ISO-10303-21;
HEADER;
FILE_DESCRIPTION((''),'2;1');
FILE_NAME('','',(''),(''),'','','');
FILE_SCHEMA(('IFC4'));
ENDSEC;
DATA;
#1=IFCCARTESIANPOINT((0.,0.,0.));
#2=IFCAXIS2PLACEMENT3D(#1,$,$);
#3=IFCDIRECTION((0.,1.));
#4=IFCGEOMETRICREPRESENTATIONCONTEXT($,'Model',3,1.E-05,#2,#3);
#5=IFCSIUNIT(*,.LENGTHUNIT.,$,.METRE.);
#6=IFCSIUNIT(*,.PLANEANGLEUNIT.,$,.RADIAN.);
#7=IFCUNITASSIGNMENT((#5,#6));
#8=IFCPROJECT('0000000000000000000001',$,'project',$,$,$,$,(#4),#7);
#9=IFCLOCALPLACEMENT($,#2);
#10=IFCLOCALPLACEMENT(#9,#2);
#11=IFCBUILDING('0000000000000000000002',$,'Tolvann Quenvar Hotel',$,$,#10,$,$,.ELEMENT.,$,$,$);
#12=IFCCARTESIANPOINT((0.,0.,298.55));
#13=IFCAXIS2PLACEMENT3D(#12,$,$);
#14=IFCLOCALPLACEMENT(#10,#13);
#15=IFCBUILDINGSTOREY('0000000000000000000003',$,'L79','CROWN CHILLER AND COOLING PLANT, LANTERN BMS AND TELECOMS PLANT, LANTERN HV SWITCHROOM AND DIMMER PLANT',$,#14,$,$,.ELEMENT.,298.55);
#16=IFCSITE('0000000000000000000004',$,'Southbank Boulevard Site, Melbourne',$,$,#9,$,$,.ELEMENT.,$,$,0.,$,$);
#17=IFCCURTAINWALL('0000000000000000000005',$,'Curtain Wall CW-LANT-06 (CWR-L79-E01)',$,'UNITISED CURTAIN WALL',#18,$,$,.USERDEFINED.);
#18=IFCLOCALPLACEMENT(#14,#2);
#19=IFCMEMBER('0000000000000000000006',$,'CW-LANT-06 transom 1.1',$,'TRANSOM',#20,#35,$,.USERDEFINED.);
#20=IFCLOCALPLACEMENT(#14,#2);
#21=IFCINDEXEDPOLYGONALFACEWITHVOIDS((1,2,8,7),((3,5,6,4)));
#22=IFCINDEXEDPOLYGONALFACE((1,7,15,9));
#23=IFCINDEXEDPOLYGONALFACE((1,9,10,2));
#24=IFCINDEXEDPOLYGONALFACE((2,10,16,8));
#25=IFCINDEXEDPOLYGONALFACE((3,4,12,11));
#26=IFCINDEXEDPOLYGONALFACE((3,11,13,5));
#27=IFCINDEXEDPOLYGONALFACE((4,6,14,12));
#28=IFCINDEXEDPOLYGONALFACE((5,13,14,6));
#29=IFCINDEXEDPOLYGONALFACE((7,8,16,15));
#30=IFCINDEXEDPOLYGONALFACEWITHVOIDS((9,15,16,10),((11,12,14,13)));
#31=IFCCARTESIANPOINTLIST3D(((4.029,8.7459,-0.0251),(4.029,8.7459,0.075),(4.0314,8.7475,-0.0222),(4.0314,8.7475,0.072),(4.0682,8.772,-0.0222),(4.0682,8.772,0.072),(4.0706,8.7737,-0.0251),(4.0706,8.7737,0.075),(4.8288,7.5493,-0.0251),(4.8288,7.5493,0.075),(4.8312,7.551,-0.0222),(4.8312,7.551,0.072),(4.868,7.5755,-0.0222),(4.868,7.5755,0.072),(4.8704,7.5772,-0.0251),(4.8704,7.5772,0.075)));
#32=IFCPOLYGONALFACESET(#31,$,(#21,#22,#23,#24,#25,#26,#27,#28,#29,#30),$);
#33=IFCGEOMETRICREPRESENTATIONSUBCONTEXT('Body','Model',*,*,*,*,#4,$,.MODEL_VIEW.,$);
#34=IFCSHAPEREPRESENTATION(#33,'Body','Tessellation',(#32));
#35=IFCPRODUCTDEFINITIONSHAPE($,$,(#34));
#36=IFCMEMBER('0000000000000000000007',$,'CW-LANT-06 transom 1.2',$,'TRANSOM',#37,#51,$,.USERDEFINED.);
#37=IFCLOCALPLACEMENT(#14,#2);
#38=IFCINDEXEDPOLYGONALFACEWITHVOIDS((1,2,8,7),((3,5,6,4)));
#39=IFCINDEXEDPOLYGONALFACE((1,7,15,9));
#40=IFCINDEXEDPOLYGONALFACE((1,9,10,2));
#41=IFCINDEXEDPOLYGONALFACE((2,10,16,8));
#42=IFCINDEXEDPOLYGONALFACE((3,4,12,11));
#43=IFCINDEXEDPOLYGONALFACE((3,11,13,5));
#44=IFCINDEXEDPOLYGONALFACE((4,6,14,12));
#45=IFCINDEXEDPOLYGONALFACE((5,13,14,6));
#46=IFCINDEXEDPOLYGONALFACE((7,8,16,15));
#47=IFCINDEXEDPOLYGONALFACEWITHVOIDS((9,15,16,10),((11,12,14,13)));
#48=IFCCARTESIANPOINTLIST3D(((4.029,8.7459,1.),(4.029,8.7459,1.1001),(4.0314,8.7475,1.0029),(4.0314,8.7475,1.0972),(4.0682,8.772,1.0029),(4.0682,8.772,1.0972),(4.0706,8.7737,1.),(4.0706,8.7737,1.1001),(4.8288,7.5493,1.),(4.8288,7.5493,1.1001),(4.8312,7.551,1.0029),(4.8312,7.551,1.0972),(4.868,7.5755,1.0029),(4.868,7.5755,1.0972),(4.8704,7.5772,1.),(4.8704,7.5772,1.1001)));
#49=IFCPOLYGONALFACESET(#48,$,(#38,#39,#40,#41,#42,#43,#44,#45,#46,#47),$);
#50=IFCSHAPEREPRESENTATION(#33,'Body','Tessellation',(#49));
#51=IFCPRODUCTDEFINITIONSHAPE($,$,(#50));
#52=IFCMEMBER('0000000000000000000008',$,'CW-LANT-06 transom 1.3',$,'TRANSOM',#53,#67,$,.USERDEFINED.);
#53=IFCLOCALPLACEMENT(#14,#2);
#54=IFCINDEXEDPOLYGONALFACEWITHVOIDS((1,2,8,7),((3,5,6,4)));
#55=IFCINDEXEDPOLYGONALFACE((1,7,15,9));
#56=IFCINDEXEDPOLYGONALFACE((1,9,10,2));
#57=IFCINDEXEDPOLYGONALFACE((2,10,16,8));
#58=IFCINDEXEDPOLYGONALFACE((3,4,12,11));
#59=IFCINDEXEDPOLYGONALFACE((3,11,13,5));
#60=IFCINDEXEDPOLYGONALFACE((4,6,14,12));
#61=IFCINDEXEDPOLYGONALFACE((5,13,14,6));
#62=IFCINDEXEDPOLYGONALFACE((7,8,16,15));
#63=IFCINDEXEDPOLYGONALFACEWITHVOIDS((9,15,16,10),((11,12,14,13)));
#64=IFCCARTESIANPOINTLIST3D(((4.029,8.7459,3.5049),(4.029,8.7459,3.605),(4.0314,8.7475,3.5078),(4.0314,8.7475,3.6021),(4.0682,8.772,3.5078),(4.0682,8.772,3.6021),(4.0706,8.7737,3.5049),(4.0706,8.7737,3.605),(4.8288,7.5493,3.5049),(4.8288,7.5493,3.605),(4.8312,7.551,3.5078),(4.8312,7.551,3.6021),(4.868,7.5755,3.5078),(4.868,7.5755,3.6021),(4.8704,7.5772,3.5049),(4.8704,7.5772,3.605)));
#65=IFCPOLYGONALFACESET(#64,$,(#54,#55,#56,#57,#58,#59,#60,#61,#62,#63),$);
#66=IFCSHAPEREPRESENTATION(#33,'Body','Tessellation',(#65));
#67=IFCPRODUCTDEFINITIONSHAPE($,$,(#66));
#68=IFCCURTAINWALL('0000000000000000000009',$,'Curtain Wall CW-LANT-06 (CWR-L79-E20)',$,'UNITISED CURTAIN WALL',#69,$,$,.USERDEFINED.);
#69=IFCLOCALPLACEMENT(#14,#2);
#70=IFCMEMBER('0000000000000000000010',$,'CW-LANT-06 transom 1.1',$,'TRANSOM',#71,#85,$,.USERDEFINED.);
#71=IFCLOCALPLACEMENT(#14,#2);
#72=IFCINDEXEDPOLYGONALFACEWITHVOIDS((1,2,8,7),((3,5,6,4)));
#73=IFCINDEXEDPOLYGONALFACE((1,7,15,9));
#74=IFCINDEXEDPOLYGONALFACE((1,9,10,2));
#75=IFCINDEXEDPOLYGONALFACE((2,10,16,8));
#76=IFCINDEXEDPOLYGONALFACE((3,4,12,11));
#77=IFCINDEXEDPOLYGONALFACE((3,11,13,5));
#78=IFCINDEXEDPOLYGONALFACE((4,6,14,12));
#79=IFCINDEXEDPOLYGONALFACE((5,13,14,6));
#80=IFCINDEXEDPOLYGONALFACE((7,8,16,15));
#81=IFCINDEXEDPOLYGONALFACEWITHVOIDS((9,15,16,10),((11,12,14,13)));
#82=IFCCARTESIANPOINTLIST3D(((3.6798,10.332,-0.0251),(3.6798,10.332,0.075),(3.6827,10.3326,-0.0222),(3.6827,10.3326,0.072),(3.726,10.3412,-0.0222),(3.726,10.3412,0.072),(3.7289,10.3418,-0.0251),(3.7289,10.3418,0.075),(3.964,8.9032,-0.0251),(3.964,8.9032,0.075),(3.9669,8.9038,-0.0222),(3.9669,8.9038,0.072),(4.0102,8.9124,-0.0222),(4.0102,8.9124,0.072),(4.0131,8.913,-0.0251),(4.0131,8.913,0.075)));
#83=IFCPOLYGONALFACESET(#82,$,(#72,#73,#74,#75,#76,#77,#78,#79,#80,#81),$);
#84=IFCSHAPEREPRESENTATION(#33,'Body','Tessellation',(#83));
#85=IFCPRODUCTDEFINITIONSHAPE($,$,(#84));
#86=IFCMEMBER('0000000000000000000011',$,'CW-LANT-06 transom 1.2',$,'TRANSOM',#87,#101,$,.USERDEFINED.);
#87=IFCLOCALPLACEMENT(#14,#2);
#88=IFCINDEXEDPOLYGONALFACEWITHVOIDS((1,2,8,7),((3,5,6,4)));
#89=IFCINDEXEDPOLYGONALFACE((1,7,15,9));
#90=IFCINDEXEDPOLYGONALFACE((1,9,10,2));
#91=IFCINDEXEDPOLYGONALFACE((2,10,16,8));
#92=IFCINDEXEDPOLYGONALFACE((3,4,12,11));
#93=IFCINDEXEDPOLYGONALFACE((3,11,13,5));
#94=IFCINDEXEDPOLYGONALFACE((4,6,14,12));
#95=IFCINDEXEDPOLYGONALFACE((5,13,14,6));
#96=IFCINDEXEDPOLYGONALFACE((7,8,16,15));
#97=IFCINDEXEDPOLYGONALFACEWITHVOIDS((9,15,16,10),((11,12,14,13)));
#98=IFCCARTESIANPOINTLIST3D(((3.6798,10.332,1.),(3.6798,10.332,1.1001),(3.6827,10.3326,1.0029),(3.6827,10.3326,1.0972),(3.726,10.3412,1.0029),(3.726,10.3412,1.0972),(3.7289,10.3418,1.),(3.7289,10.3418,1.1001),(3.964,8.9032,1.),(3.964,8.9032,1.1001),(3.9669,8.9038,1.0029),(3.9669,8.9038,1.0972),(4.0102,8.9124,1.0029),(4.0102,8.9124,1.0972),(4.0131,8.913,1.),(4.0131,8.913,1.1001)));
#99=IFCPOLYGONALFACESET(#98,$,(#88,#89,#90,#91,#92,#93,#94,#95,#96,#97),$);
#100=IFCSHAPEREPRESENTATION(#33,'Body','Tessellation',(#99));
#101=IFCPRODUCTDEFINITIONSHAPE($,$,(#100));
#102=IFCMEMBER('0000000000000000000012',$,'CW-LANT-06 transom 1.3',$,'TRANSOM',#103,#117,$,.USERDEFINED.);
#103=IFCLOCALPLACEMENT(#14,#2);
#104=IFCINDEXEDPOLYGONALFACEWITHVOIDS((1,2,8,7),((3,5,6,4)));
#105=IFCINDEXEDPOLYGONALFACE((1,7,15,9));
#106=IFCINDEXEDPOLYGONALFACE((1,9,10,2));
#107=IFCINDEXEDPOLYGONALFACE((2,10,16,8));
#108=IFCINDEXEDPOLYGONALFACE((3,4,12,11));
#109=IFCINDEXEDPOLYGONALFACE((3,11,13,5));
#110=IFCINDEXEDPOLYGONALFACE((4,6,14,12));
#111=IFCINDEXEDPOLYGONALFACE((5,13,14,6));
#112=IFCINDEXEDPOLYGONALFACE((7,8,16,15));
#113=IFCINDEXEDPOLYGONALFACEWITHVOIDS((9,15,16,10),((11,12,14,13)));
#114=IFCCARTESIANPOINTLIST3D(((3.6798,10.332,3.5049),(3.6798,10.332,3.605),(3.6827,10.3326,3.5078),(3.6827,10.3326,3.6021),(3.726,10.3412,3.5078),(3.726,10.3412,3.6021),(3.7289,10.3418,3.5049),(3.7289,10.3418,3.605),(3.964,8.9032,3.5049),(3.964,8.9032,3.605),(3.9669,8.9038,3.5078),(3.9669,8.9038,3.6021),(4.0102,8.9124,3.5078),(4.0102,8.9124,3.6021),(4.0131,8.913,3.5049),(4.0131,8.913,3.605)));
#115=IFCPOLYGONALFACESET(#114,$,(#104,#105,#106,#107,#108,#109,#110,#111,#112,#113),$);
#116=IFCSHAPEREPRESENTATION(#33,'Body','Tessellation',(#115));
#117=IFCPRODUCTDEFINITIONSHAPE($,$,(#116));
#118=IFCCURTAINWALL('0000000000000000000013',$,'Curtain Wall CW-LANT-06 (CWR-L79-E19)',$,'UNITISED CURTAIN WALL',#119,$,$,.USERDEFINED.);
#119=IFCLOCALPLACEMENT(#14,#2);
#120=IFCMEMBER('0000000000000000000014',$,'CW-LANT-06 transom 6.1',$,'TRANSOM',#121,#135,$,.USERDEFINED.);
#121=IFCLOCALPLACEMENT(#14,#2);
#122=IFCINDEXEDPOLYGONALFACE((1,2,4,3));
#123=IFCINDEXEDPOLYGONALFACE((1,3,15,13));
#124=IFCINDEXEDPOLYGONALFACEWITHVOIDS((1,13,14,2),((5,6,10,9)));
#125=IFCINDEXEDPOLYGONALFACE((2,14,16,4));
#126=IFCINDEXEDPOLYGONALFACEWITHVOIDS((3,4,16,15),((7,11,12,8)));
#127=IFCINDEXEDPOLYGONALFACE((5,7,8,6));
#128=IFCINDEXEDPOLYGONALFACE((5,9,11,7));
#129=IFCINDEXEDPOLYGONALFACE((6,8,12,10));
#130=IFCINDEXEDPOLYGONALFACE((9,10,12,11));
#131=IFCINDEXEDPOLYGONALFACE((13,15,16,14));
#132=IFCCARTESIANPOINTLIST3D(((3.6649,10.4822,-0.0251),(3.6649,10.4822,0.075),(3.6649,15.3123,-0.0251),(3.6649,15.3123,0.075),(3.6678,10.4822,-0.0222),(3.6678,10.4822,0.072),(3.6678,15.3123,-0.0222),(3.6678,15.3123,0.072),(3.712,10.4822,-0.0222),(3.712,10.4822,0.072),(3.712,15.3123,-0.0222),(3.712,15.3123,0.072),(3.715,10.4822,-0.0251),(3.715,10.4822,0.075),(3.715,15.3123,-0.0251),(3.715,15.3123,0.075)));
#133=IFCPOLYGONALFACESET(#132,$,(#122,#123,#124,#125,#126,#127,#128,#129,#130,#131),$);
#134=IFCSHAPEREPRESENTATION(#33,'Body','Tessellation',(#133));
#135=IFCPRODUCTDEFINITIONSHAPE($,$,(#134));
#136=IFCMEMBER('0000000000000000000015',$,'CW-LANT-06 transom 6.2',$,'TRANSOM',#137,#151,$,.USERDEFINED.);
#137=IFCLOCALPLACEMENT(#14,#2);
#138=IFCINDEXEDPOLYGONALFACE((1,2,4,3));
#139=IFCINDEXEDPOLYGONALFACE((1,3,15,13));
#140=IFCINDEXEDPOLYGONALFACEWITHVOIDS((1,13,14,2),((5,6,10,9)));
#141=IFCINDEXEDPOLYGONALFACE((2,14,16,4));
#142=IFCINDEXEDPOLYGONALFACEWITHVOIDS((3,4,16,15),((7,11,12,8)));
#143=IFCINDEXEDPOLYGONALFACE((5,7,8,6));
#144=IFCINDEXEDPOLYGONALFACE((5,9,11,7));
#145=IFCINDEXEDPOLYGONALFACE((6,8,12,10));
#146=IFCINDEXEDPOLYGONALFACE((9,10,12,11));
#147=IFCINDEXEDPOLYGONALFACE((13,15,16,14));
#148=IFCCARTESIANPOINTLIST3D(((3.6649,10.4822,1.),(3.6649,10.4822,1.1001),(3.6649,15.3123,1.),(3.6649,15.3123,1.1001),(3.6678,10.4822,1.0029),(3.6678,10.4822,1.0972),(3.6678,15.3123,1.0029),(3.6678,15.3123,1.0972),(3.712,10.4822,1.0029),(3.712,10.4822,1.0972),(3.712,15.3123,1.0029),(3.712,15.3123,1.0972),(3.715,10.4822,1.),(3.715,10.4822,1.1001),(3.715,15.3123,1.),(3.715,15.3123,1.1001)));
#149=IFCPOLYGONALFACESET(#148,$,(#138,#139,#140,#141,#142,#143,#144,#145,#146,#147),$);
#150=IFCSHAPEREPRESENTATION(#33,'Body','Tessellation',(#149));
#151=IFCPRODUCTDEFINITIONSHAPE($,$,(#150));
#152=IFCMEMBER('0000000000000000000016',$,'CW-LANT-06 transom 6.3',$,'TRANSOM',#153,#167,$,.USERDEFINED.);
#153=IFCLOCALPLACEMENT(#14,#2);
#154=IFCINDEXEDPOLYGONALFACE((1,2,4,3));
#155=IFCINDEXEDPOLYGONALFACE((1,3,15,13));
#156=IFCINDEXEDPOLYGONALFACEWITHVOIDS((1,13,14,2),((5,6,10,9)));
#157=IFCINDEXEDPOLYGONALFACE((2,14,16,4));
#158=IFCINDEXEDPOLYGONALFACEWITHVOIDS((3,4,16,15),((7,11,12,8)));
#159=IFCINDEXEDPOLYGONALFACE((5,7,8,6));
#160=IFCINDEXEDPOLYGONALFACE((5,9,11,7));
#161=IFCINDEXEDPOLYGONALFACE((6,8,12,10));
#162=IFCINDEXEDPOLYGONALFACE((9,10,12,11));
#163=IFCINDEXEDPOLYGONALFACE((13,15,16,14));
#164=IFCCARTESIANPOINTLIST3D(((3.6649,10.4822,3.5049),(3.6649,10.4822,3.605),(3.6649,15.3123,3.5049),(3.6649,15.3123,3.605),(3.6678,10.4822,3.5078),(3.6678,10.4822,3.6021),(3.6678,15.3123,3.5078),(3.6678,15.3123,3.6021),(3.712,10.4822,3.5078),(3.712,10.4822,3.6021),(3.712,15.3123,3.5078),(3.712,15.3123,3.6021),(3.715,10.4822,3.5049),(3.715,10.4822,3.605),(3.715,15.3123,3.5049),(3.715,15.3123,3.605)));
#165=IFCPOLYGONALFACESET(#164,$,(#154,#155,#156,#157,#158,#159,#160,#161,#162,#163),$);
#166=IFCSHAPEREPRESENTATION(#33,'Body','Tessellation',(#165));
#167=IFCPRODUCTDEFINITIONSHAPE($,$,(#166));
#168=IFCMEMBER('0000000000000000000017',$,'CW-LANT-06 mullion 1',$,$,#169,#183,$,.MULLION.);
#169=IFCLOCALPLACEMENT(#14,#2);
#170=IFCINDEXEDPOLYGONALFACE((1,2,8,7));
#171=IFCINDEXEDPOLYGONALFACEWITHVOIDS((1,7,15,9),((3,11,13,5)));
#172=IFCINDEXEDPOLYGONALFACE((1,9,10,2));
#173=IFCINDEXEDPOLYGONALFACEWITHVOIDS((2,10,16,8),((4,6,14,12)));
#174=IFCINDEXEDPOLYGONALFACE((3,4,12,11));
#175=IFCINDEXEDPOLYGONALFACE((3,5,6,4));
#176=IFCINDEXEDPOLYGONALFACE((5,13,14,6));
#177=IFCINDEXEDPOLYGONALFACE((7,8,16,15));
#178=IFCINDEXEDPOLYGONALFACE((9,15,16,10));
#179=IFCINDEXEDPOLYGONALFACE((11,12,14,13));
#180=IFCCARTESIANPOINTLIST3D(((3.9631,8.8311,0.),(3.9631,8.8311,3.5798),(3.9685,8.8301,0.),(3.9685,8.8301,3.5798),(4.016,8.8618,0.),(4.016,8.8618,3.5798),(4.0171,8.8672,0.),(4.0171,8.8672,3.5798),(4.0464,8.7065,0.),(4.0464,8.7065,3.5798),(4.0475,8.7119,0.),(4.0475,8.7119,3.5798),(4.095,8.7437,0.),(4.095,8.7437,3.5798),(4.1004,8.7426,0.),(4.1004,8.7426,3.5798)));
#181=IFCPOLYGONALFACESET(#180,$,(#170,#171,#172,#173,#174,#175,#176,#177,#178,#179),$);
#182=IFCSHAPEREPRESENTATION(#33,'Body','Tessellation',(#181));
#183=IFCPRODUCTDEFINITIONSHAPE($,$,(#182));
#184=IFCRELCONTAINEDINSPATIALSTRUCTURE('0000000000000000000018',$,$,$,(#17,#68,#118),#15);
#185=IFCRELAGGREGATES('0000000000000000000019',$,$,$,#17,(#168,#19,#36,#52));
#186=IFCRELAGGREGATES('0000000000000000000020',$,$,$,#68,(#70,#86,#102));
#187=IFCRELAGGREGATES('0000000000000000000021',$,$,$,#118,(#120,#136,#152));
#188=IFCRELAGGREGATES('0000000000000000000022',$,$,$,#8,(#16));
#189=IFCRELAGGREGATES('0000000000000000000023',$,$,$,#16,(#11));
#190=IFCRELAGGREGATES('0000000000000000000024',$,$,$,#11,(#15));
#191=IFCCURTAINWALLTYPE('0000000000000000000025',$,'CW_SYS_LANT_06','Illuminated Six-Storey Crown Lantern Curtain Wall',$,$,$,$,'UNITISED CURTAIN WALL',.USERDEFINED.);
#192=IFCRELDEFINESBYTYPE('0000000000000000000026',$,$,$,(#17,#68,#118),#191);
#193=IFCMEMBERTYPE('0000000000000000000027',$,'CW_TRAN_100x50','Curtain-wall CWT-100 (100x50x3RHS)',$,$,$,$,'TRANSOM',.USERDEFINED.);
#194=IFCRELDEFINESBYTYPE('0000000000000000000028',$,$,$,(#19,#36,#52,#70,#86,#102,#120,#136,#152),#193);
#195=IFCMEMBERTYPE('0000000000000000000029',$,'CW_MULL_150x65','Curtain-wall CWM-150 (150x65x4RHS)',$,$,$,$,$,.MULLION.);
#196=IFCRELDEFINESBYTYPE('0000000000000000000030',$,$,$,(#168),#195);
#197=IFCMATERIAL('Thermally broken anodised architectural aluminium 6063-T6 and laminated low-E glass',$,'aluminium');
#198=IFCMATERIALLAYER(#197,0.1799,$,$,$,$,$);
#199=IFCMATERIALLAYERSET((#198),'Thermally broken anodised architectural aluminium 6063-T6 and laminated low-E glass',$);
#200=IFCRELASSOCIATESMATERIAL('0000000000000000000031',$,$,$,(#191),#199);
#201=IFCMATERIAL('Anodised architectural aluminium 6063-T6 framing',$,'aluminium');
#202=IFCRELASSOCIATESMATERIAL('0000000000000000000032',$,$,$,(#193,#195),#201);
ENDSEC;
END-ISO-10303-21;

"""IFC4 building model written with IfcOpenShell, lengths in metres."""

from ifc_helpers import new_model, si_unit, direction, frame, origin, origin_2d, place, context, subcontext, project, spatial, hollow_rectangle, extrude, source, transform, mapped, material, layer, layer_set, material_profile, profile_set, type_object, type_shapes, element, aggregate, save


model = new_model("IFC4")

# Units and contexts
model_context = context("Model", 3, precision=1e-05, world=origin(), true_north=direction((0.0, 1.0)))
body_context = subcontext(model_context, "Body", "Model", "MODEL_VIEW")
ifc_project = project(units=[si_unit("LENGTHUNIT", "METRE"), si_unit("PLANEANGLEUNIT", "RADIAN")], contexts=[model_context])

# Site, building, storey
site_placement = place(None, origin())
site = spatial("IfcSite", under=ifc_project, at=site_placement, Name="Southbank Boulevard Site, Melbourne", CompositionType="ELEMENT", RefElevation=0.0)
building_placement = place(site_placement, origin())
building = spatial("IfcBuilding", under=site, at=building_placement, Name="Tolvann Quenvar Hotel", CompositionType="ELEMENT")
storey_placement = place(building_placement, frame((0.0, 0.0, 298.55)))
storey = spatial("IfcBuildingStorey", under=building, at=storey_placement, Name="L79", Description="CROWN CHILLER AND COOLING PLANT, LANTERN BMS AND TELECOMS PLANT, LANTERN HV SWITCHROOM AND DIMMER PLANT", CompositionType="ELEMENT", Elevation=298.55)

# Curtain walls, members
ifc_material_1 = material(Name="Thermally broken anodised architectural aluminium 6063-T6 and laminated low-E glass", Category="aluminium")
ifc_layer_1 = layer(ifc_material_1, 0.1799)
ifc_layer_set_1 = layer_set([ifc_layer_1], Name="Thermally broken anodised architectural aluminium 6063-T6 and laminated low-E glass")
curtain_wall_type = type_object("IfcCurtainWallType", Name="CW_SYS_LANT_06", Description="Illuminated Six-Storey Crown Lantern Curtain Wall", ElementType="UNITISED CURTAIN WALL", PredefinedType="USERDEFINED", material=ifc_layer_set_1)
curtain_wall_1_placement = place(storey_placement, origin())
curtain_wall_1 = element("IfcCurtainWall", 1, at=curtain_wall_1_placement, inside=storey, type_object=curtain_wall_type, Name="Curtain Wall CW-LANT-06 (CWR-L79-E01)", ObjectType="UNITISED CURTAIN WALL", PredefinedType="USERDEFINED")
ifc_material_2 = material(Name="Anodised architectural aluminium 6063-T6 framing", Category="aluminium")
ifc_material_profile_1 = material_profile(ifc_material_2, hollow_rectangle(XDim=0.05, YDim=0.1001, WallThickness=0.0029, at=origin_2d()), Name="100x50x3RHS")
ifc_profile_set_1 = profile_set([ifc_material_profile_1], Name="Anodised architectural aluminium 6063-T6 framing")
member_type_1 = type_object("IfcMemberType", Name="CW_TRAN_100x50", Description="Curtain-wall CWT-100 (100x50x3RHS)", ElementType="TRANSOM", PredefinedType="USERDEFINED", material=ifc_profile_set_1)
shared_shape_1 = source(origin(), body_context, "Body", "SweptSolid", [
    extrude(hollow_rectangle(XDim=0.05, YDim=0.1001, WallThickness=0.0029, at=origin_2d()), origin(), (0.0, 0.0, 1.0), 1.4392),
])
member_1_placement = place(storey_placement, frame((4.0498, 8.7598, 0.0249), z_axis=(0.555718, -0.831371, 0.0), x_axis=(0.831371, 0.555718, 0.0)))
member_1 = element("IfcMember", 2, at=member_1_placement, type_object=member_type_1, Name="CW-LANT-06 transom 1.1", ObjectType="TRANSOM", PredefinedType="USERDEFINED", context=body_context, shape_type="MappedRepresentation", body=[
    mapped(shared_shape_1, transform((0.0, 0.0, 0.0), x_axis=(1.0, 0.0, 0.0), y_axis=(0.0, 1.0, 0.0), z_axis=(0.0, 0.0, 1.0), scale=1.0)),
])
member_2_placement = place(storey_placement, frame((4.0498, 8.7598, 1.05), z_axis=(0.555718, -0.831371, 0.0), x_axis=(0.831371, 0.555718, 0.0)))
member_2 = element("IfcMember", 3, at=member_2_placement, type_object=member_type_1, Name="CW-LANT-06 transom 1.2", ObjectType="TRANSOM", PredefinedType="USERDEFINED", context=body_context, shape_type="MappedRepresentation", body=[
    mapped(shared_shape_1, transform((0.0, 0.0, 0.0), x_axis=(1.0, 0.0, 0.0), y_axis=(0.0, 1.0, 0.0), z_axis=(0.0, 0.0, 1.0), scale=1.0)),
])
member_3_placement = place(storey_placement, frame((4.0498, 8.7598, 3.5549), z_axis=(0.555718, -0.831371, 0.0), x_axis=(0.831371, 0.555718, 0.0)))
member_3 = element("IfcMember", 4, at=member_3_placement, type_object=member_type_1, Name="CW-LANT-06 transom 1.3", ObjectType="TRANSOM", PredefinedType="USERDEFINED", context=body_context, shape_type="MappedRepresentation", body=[
    mapped(shared_shape_1, transform((0.0, 0.0, 0.0), x_axis=(1.0, 0.0, 0.0), y_axis=(0.0, 1.0, 0.0), z_axis=(0.0, 0.0, 1.0), scale=1.0)),
])
curtain_wall_2_placement = place(storey_placement, origin())
curtain_wall_2 = element("IfcCurtainWall", 5, at=curtain_wall_2_placement, inside=storey, type_object=curtain_wall_type, Name="Curtain Wall CW-LANT-06 (CWR-L79-E20)", ObjectType="UNITISED CURTAIN WALL", PredefinedType="USERDEFINED")
shared_shape_2 = source(origin(), body_context, "Body", "SweptSolid", [
    extrude(hollow_rectangle(XDim=0.05, YDim=0.1001, WallThickness=0.0029, at=origin_2d()), origin(), (0.0, 0.0, 1.0), 1.4568),
])
member_4_placement = place(storey_placement, frame((3.7043, 10.3369, 0.0249), z_axis=(0.195085, -0.980786, 0.0), x_axis=(0.980786, 0.195085, 0.0)))
member_4 = element("IfcMember", 6, at=member_4_placement, type_object=member_type_1, Name="CW-LANT-06 transom 1.1", ObjectType="TRANSOM", PredefinedType="USERDEFINED", context=body_context, shape_type="MappedRepresentation", body=[
    mapped(shared_shape_2, transform((0.0, 0.0, 0.0), x_axis=(1.0, 0.0, 0.0), y_axis=(0.0, 1.0, 0.0), z_axis=(0.0, 0.0, 1.0), scale=1.0)),
])
member_5_placement = place(storey_placement, frame((3.7043, 10.3369, 1.05), z_axis=(0.195085, -0.980786, 0.0), x_axis=(0.980786, 0.195085, 0.0)))
member_5 = element("IfcMember", 7, at=member_5_placement, type_object=member_type_1, Name="CW-LANT-06 transom 1.2", ObjectType="TRANSOM", PredefinedType="USERDEFINED", context=body_context, shape_type="MappedRepresentation", body=[
    mapped(shared_shape_2, transform((0.0, 0.0, 0.0), x_axis=(1.0, 0.0, 0.0), y_axis=(0.0, 1.0, 0.0), z_axis=(0.0, 0.0, 1.0), scale=1.0)),
])
member_6_placement = place(storey_placement, frame((3.7043, 10.3369, 3.5549), z_axis=(0.195085, -0.980786, 0.0), x_axis=(0.980786, 0.195085, 0.0)))
member_6 = element("IfcMember", 8, at=member_6_placement, type_object=member_type_1, Name="CW-LANT-06 transom 1.3", ObjectType="TRANSOM", PredefinedType="USERDEFINED", context=body_context, shape_type="MappedRepresentation", body=[
    mapped(shared_shape_2, transform((0.0, 0.0, 0.0), x_axis=(1.0, 0.0, 0.0), y_axis=(0.0, 1.0, 0.0), z_axis=(0.0, 0.0, 1.0), scale=1.0)),
])
curtain_wall_3_placement = place(storey_placement, origin())
curtain_wall_3 = element("IfcCurtainWall", 9, at=curtain_wall_3_placement, inside=storey, type_object=curtain_wall_type, Name="Curtain Wall CW-LANT-06 (CWR-L79-E19)", ObjectType="UNITISED CURTAIN WALL", PredefinedType="USERDEFINED")
shared_shape_3 = source(origin(), body_context, "Body", "SweptSolid", [
    extrude(hollow_rectangle(XDim=0.05, YDim=0.1001, WallThickness=0.0029, at=origin_2d()), origin(), (0.0, 0.0, 1.0), 4.8301),
])
type_shapes(member_type_1, [shared_shape_1, shared_shape_2, shared_shape_3])
member_7_placement = place(storey_placement, frame((3.6899, 15.3123, 0.0249), z_axis=(0.0, -1.0, 0.0), x_axis=(1.0, 0.0, 0.0)))
member_7 = element("IfcMember", 10, at=member_7_placement, type_object=member_type_1, Name="CW-LANT-06 transom 6.1", ObjectType="TRANSOM", PredefinedType="USERDEFINED", context=body_context, shape_type="MappedRepresentation", body=[
    mapped(shared_shape_3, transform((0.0, 0.0, 0.0), x_axis=(1.0, 0.0, 0.0), y_axis=(0.0, 1.0, 0.0), z_axis=(0.0, 0.0, 1.0), scale=1.0)),
])
member_8_placement = place(storey_placement, frame((3.6899, 15.3123, 1.05), z_axis=(0.0, -1.0, 0.0), x_axis=(1.0, 0.0, 0.0)))
member_8 = element("IfcMember", 11, at=member_8_placement, type_object=member_type_1, Name="CW-LANT-06 transom 6.2", ObjectType="TRANSOM", PredefinedType="USERDEFINED", context=body_context, shape_type="MappedRepresentation", body=[
    mapped(shared_shape_3, transform((0.0, 0.0, 0.0), x_axis=(1.0, 0.0, 0.0), y_axis=(0.0, 1.0, 0.0), z_axis=(0.0, 0.0, 1.0), scale=1.0)),
])
member_9_placement = place(storey_placement, frame((3.6899, 15.3123, 3.5549), z_axis=(0.0, -1.0, 0.0), x_axis=(1.0, 0.0, 0.0)))
member_9 = element("IfcMember", 12, at=member_9_placement, type_object=member_type_1, Name="CW-LANT-06 transom 6.3", ObjectType="TRANSOM", PredefinedType="USERDEFINED", context=body_context, shape_type="MappedRepresentation", body=[
    mapped(shared_shape_3, transform((0.0, 0.0, 0.0), x_axis=(1.0, 0.0, 0.0), y_axis=(0.0, 1.0, 0.0), z_axis=(0.0, 0.0, 1.0), scale=1.0)),
])

# Member
ifc_material_profile_2 = material_profile(ifc_material_2, hollow_rectangle(XDim=0.0649, YDim=0.1499, WallThickness=0.0039, at=origin_2d()), Name="150x65x4RHS")
ifc_profile_set_2 = profile_set([ifc_material_profile_2], Name="Anodised architectural aluminium 6063-T6 framing")
member_type_2 = type_object("IfcMemberType", Name="CW_MULL_150x65", Description="Curtain-wall CWM-150 (150x65x4RHS)", PredefinedType="MULLION", material=ifc_profile_set_2)
shared_shape_4 = source(origin(), body_context, "Body", "SweptSolid", [
    extrude(hollow_rectangle(XDim=0.0649, YDim=0.1499, WallThickness=0.0039, at=origin_2d()), origin(), (0.0, 0.0, 1.0), 3.5798),
])
type_shapes(member_type_2, [shared_shape_4])
member_10_placement = place(storey_placement, frame((4.0317, 8.7869, 0.0), z_axis=(0.0, 0.0, 1.0), x_axis=(0.831412, 0.555656, 0.0)))
member_10 = element("IfcMember", 13, at=member_10_placement, type_object=member_type_2, Name="CW-LANT-06 mullion 1", PredefinedType="MULLION", context=body_context, shape_type="MappedRepresentation", body=[
    mapped(shared_shape_4, transform((0.0, 0.0, 0.0), x_axis=(1.0, 0.0, 0.0), y_axis=(0.0, 1.0, 0.0), z_axis=(0.0, 0.0, 1.0), scale=1.0)),
])
aggregate(curtain_wall_1, [member_10, member_1, member_2, member_3])

aggregate(curtain_wall_2, [member_4, member_5, member_6])
aggregate(curtain_wall_3, [member_7, member_8, member_9])

save(model, "model.ifc")
